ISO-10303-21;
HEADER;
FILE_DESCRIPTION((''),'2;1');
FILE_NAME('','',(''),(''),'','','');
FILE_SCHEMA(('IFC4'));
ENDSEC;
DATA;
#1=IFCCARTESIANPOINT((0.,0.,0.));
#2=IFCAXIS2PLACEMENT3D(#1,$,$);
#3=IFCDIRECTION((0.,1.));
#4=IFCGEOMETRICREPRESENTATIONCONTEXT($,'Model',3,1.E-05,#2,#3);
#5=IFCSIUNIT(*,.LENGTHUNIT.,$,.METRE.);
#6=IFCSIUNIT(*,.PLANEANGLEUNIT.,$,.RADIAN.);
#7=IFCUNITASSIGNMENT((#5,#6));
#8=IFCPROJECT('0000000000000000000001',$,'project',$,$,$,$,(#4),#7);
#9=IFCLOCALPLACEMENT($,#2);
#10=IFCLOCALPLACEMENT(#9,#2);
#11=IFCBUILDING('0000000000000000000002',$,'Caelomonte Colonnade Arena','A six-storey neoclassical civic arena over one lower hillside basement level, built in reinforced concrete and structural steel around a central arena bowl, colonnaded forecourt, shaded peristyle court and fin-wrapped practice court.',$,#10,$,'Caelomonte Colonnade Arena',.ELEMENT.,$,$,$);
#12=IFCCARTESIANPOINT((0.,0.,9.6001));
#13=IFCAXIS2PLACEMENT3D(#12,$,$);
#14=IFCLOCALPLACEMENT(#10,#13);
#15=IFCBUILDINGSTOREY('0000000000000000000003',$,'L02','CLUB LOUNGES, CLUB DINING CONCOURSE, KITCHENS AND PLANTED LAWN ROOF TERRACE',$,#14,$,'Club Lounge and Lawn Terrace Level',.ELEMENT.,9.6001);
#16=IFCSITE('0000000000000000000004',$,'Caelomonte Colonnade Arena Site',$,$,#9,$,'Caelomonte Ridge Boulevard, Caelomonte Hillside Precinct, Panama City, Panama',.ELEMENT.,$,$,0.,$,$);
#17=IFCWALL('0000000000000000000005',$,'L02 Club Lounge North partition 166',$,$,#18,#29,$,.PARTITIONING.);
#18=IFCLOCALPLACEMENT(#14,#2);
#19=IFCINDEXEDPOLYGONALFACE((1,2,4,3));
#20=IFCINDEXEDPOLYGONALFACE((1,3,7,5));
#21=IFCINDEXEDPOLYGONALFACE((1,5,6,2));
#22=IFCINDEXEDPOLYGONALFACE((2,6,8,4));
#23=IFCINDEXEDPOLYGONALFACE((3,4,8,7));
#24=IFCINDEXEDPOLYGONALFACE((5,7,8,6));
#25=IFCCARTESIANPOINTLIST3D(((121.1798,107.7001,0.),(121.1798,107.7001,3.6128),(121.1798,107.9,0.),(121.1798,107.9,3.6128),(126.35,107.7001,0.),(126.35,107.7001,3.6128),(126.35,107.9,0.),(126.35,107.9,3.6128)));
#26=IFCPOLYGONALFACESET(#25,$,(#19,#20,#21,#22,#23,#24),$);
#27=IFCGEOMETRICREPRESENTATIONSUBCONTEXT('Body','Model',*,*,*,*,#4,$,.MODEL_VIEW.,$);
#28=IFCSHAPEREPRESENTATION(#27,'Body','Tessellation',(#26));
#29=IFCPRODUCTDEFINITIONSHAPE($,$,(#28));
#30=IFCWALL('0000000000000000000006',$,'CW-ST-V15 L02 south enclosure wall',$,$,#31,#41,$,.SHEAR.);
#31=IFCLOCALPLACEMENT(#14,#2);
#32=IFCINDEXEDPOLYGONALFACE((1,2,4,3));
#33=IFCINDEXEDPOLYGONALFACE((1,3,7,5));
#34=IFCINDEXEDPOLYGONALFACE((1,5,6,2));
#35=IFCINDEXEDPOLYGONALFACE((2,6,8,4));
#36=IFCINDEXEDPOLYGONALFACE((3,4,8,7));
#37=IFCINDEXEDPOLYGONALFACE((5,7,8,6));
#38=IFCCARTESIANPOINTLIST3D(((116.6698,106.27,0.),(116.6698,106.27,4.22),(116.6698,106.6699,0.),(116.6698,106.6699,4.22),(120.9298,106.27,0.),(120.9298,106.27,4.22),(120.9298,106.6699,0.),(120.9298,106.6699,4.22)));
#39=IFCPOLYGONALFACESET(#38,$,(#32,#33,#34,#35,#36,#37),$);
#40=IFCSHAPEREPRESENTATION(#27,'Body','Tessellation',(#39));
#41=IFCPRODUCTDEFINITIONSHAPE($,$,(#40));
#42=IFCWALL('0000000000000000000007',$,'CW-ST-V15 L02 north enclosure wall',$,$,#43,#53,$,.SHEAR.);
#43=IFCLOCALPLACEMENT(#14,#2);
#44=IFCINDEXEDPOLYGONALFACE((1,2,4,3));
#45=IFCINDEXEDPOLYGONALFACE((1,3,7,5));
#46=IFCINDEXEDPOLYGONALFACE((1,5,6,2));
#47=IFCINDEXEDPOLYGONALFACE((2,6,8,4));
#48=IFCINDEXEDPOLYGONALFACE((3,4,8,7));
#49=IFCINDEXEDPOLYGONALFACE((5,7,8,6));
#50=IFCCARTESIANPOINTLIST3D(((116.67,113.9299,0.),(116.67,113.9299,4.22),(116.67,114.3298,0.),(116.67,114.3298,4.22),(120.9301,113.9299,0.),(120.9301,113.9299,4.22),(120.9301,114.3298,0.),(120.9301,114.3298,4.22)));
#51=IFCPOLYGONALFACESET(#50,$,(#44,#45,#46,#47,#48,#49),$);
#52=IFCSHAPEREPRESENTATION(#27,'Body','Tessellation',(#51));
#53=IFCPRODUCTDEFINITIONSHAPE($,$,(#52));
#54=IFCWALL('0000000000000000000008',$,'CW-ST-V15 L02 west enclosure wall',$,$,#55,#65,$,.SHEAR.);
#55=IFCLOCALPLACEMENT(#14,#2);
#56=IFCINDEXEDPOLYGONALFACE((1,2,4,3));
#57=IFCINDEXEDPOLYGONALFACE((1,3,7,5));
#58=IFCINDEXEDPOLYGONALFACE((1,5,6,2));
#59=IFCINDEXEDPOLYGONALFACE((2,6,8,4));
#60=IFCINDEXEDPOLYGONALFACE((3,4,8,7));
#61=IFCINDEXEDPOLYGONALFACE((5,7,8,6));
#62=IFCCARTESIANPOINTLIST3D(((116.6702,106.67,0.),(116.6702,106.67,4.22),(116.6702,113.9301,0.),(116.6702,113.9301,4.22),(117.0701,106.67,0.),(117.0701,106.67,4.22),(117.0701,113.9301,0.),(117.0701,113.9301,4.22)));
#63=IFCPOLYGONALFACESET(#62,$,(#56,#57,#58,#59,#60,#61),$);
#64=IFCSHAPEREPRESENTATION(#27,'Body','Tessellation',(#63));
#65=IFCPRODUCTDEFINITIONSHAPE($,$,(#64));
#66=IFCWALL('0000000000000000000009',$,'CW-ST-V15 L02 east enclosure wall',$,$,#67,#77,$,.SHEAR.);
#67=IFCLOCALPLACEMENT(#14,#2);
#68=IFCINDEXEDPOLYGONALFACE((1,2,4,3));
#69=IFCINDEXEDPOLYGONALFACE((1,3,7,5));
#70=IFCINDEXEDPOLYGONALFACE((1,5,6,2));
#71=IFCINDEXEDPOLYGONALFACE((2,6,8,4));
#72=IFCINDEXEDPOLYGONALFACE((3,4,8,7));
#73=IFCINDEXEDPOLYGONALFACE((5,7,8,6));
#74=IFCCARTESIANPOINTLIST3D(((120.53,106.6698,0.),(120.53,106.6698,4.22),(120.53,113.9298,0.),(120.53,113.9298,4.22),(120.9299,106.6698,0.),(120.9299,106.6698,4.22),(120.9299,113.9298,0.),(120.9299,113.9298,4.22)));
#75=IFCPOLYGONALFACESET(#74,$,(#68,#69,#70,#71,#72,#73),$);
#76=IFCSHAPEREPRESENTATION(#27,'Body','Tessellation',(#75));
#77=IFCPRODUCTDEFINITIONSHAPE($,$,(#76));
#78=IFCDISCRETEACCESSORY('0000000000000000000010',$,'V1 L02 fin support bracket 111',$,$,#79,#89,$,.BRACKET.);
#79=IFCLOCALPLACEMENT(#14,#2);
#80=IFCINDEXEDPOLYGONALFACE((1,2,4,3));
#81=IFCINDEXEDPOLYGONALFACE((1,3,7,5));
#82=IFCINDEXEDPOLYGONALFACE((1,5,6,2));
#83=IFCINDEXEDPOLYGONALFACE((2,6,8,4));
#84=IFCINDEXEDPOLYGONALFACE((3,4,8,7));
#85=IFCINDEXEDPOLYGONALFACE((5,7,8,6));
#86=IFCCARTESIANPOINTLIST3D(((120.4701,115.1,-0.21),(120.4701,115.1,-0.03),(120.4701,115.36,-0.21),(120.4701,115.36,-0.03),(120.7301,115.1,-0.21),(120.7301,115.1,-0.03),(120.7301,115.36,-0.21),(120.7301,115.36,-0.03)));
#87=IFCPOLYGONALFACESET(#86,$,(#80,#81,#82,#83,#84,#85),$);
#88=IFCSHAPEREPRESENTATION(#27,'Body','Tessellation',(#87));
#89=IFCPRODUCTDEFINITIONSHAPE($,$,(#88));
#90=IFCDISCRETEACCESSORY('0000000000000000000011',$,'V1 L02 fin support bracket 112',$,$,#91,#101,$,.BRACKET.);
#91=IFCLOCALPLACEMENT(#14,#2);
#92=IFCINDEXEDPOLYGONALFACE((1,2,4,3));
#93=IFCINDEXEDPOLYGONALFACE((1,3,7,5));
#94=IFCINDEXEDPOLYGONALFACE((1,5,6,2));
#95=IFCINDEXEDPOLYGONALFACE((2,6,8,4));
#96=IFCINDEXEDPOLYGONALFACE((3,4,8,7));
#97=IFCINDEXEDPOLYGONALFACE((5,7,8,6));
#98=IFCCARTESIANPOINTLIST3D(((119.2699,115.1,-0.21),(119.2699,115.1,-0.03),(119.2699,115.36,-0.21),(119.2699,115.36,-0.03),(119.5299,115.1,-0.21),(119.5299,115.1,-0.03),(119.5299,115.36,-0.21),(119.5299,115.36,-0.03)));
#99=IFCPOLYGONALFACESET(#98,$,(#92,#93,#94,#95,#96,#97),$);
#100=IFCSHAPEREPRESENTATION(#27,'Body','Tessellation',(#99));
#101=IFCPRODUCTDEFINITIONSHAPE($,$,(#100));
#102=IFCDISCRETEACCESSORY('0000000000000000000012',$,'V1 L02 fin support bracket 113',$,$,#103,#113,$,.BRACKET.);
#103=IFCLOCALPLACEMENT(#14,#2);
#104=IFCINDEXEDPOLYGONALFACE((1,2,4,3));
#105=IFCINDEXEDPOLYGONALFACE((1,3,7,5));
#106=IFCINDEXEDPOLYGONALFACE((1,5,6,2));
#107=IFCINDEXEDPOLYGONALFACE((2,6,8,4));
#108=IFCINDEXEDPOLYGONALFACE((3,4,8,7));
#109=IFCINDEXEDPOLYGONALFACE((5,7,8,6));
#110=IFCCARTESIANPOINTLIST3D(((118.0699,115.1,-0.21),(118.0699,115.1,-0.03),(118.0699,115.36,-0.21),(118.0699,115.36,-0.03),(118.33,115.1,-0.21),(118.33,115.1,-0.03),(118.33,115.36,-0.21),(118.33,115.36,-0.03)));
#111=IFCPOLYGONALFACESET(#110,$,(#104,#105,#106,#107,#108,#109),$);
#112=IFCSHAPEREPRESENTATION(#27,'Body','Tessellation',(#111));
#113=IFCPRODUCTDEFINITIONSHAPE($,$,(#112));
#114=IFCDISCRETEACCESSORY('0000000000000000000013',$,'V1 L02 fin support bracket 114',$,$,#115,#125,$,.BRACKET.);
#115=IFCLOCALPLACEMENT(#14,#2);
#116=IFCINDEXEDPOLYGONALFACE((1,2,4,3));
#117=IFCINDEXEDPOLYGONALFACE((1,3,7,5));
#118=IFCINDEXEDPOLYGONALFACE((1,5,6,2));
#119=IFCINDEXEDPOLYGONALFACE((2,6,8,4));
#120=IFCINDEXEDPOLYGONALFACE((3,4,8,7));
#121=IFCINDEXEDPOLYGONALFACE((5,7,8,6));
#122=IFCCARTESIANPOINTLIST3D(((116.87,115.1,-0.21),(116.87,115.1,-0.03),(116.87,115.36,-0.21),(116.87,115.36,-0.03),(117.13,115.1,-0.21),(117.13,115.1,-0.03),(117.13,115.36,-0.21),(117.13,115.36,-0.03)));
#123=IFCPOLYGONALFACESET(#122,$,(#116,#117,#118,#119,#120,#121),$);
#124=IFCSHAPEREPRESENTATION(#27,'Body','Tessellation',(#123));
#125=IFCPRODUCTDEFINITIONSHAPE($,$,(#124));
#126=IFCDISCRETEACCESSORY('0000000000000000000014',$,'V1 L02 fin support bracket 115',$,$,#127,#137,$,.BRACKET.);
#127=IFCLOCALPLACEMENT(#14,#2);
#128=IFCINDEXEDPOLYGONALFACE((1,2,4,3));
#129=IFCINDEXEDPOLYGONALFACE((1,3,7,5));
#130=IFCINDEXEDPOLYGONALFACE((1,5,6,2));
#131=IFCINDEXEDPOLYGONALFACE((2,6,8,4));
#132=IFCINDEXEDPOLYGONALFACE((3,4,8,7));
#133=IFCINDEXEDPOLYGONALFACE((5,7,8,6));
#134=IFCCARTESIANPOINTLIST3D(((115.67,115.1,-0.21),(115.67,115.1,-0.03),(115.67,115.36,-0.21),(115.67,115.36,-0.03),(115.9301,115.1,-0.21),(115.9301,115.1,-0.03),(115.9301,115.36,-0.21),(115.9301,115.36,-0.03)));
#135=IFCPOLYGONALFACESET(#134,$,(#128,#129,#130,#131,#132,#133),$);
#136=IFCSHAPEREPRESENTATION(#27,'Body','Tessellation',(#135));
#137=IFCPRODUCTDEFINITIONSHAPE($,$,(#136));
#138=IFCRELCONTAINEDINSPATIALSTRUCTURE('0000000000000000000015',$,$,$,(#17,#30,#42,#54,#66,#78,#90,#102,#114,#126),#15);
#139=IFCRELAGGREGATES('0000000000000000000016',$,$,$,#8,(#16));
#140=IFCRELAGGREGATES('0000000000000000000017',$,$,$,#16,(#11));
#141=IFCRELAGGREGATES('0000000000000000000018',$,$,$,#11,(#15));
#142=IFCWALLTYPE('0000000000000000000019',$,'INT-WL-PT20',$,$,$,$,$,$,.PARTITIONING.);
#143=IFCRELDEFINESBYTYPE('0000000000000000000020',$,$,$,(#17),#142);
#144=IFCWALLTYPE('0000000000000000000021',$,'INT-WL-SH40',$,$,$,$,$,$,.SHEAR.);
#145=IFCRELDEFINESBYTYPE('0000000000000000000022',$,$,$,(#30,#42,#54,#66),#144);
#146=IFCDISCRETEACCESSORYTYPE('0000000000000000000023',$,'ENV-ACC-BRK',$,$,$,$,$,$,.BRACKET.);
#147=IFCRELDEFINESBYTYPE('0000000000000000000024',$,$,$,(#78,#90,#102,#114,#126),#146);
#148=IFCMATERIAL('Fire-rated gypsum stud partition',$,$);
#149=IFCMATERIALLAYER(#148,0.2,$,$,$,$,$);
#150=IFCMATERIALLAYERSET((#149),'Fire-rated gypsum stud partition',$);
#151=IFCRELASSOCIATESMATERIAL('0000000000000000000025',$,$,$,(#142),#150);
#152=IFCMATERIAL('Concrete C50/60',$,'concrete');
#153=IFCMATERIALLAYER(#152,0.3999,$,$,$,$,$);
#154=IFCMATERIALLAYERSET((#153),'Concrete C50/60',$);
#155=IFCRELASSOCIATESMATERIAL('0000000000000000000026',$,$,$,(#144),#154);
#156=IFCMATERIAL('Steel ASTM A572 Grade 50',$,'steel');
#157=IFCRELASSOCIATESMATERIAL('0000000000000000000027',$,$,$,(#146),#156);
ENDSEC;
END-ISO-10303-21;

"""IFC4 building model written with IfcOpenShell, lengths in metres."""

from ifc_helpers import new_model, si_unit, direction, frame, frame_2d, origin, origin_2d, place, context, subcontext, project, spatial, rectangle, extrude, material, layer, layer_set, type_object, element, save


model = new_model("IFC4")

# Units and contexts
model_context = context("Model", 3, precision=1e-05, world=origin(), true_north=direction((0.0, 1.0)))
body_context = subcontext(model_context, "Body", "Model", "MODEL_VIEW")
ifc_project = project(units=[si_unit("LENGTHUNIT", "METRE"), si_unit("PLANEANGLEUNIT", "RADIAN")], contexts=[model_context])

# Site, building, storey
site_placement = place(None, origin())
site = spatial("IfcSite", under=ifc_project, at=site_placement, Name="Caelomonte Colonnade Arena Site", LongName="Caelomonte Ridge Boulevard, Caelomonte Hillside Precinct, Panama City, Panama", CompositionType="ELEMENT", RefElevation=0.0)
building_placement = place(site_placement, origin())
building = spatial("IfcBuilding", under=site, at=building_placement, Name="Caelomonte Colonnade Arena", Description="A six-storey neoclassical civic arena over one lower hillside basement level, built in reinforced concrete and structural steel around a central arena bowl, colonnaded forecourt, shaded peristyle court and fin-wrapped practice court.", LongName="Caelomonte Colonnade Arena", CompositionType="ELEMENT")
storey_placement = place(building_placement, frame((0.0, 0.0, 9.6001)))
storey = spatial("IfcBuildingStorey", under=building, at=storey_placement, Name="L02", Description="CLUB LOUNGES, CLUB DINING CONCOURSE, KITCHENS AND PLANTED LAWN ROOF TERRACE", LongName="Club Lounge and Lawn Terrace Level", CompositionType="ELEMENT", Elevation=9.6001)

# Walls
ifc_material_1 = material(Name="Fire-rated gypsum stud partition")
ifc_layer_1 = layer(ifc_material_1, 0.2)
ifc_layer_set_1 = layer_set([ifc_layer_1], Name="Fire-rated gypsum stud partition")
wall_type_1 = type_object("IfcWallType", Name="INT-WL-PT20", PredefinedType="PARTITIONING", material=ifc_layer_set_1)
wall_placement = place(storey_placement, frame((121.1799, 107.8, 0.0), z_axis=(0.0, 0.0, 1.0), x_axis=(1.0, 0.0, 0.0)))
element("IfcWall", 1, at=wall_placement, inside=storey, type_object=wall_type_1, Name="L02 Club Lounge North partition 166", PredefinedType="PARTITIONING", context=body_context, shape_type="SweptSolid", body=[
    extrude(rectangle(XDim=5.1702, YDim=0.2, at=frame_2d((2.585, 0.0))), origin(), (0.0, 0.0, 1.0), 3.6128),
])
ifc_material_2 = material(Name="Concrete C50/60", Category="concrete")
ifc_layer_2 = layer(ifc_material_2, 0.3999)
ifc_layer_set_2 = layer_set([ifc_layer_2], Name="Concrete C50/60")
wall_type_2 = type_object("IfcWallType", Name="INT-WL-SH40", PredefinedType="SHEAR", material=ifc_layer_set_2)
for number, where, z_axis, x_axis, name in (
    (2, (116.6699, 106.47, 0.0), (0.0, 0.0, 1.0), (1.0, 0.0, 0.0), "CW-ST-V15 L02 south enclosure wall"),
    (3, (120.9299, 114.1299, 0.0), (0.0, 0.0, 1.0), (-1.0, 0.0, 0.0), "CW-ST-V15 L02 north enclosure wall"),
):
    element("IfcWall", number, at=place(storey_placement, frame(where, z_axis=z_axis, x_axis=x_axis)), inside=storey, type_object=wall_type_2, Name=name, PredefinedType="SHEAR", context=body_context, shape_type="SweptSolid", body=[
        extrude(rectangle(XDim=4.26, YDim=0.3999, at=frame_2d((2.1299, 0.0))), origin(), (0.0, 0.0, 1.0), 4.22),
    ])
for number, where, z_axis, x_axis, name in (
    (4, (116.8701, 113.9299, 0.0), (0.0, 0.0, 1.0), (0.0, -1.0, 0.0), "CW-ST-V15 L02 west enclosure wall"),
    (5, (120.73, 106.6699, 0.0), (0.0, 0.0, 1.0), (0.0, 1.0, 0.0), "CW-ST-V15 L02 east enclosure wall"),
):
    element("IfcWall", number, at=place(storey_placement, frame(where, z_axis=z_axis, x_axis=x_axis)), inside=storey, type_object=wall_type_2, Name=name, PredefinedType="SHEAR", context=body_context, shape_type="SweptSolid", body=[
        extrude(rectangle(XDim=7.26, YDim=0.3999, at=frame_2d((3.6299, 0.0))), origin(), (0.0, 0.0, 1.0), 4.22),
    ])

# Discrete accessories
ifc_material_3 = material(Name="Steel ASTM A572 Grade 50", Category="steel")
discrete_accessory_type = type_object("IfcDiscreteAccessoryType", Name="ENV-ACC-BRK", PredefinedType="BRACKET", material=ifc_material_3)
for number, where, z_axis, x_axis, name in (
    (6, (120.6001, 115.23, -0.21), (0.0, 0.0, 1.0), (-1.0, 0.0, 0.0), "V1 L02 fin support bracket 111"),
    (7, (119.3999, 115.23, -0.21), (0.0, 0.0, 1.0), (-1.0, 0.0, 0.0), "V1 L02 fin support bracket 112"),
    (8, (118.2, 115.23, -0.21), (0.0, 0.0, 1.0), (-1.0, 0.0, 0.0), "V1 L02 fin support bracket 113"),
    (9, (117.0, 115.23, -0.21), (0.0, 0.0, 1.0), (-1.0, 0.0, 0.0), "V1 L02 fin support bracket 114"),
    (10, (115.8, 115.23, -0.21), (0.0, 0.0, 1.0), (-1.0, 0.0, 0.0), "V1 L02 fin support bracket 115"),
):
    element("IfcDiscreteAccessory", number, at=place(storey_placement, frame(where, z_axis=z_axis, x_axis=x_axis)), inside=storey, type_object=discrete_accessory_type, Name=name, PredefinedType="BRACKET", context=body_context, shape_type="SweptSolid", body=[
        extrude(rectangle(XDim=0.26, YDim=0.26, at=origin_2d()), origin(), (0.0, 0.0, 1.0), 0.1799),
    ])

save(model, "model.ifc")
